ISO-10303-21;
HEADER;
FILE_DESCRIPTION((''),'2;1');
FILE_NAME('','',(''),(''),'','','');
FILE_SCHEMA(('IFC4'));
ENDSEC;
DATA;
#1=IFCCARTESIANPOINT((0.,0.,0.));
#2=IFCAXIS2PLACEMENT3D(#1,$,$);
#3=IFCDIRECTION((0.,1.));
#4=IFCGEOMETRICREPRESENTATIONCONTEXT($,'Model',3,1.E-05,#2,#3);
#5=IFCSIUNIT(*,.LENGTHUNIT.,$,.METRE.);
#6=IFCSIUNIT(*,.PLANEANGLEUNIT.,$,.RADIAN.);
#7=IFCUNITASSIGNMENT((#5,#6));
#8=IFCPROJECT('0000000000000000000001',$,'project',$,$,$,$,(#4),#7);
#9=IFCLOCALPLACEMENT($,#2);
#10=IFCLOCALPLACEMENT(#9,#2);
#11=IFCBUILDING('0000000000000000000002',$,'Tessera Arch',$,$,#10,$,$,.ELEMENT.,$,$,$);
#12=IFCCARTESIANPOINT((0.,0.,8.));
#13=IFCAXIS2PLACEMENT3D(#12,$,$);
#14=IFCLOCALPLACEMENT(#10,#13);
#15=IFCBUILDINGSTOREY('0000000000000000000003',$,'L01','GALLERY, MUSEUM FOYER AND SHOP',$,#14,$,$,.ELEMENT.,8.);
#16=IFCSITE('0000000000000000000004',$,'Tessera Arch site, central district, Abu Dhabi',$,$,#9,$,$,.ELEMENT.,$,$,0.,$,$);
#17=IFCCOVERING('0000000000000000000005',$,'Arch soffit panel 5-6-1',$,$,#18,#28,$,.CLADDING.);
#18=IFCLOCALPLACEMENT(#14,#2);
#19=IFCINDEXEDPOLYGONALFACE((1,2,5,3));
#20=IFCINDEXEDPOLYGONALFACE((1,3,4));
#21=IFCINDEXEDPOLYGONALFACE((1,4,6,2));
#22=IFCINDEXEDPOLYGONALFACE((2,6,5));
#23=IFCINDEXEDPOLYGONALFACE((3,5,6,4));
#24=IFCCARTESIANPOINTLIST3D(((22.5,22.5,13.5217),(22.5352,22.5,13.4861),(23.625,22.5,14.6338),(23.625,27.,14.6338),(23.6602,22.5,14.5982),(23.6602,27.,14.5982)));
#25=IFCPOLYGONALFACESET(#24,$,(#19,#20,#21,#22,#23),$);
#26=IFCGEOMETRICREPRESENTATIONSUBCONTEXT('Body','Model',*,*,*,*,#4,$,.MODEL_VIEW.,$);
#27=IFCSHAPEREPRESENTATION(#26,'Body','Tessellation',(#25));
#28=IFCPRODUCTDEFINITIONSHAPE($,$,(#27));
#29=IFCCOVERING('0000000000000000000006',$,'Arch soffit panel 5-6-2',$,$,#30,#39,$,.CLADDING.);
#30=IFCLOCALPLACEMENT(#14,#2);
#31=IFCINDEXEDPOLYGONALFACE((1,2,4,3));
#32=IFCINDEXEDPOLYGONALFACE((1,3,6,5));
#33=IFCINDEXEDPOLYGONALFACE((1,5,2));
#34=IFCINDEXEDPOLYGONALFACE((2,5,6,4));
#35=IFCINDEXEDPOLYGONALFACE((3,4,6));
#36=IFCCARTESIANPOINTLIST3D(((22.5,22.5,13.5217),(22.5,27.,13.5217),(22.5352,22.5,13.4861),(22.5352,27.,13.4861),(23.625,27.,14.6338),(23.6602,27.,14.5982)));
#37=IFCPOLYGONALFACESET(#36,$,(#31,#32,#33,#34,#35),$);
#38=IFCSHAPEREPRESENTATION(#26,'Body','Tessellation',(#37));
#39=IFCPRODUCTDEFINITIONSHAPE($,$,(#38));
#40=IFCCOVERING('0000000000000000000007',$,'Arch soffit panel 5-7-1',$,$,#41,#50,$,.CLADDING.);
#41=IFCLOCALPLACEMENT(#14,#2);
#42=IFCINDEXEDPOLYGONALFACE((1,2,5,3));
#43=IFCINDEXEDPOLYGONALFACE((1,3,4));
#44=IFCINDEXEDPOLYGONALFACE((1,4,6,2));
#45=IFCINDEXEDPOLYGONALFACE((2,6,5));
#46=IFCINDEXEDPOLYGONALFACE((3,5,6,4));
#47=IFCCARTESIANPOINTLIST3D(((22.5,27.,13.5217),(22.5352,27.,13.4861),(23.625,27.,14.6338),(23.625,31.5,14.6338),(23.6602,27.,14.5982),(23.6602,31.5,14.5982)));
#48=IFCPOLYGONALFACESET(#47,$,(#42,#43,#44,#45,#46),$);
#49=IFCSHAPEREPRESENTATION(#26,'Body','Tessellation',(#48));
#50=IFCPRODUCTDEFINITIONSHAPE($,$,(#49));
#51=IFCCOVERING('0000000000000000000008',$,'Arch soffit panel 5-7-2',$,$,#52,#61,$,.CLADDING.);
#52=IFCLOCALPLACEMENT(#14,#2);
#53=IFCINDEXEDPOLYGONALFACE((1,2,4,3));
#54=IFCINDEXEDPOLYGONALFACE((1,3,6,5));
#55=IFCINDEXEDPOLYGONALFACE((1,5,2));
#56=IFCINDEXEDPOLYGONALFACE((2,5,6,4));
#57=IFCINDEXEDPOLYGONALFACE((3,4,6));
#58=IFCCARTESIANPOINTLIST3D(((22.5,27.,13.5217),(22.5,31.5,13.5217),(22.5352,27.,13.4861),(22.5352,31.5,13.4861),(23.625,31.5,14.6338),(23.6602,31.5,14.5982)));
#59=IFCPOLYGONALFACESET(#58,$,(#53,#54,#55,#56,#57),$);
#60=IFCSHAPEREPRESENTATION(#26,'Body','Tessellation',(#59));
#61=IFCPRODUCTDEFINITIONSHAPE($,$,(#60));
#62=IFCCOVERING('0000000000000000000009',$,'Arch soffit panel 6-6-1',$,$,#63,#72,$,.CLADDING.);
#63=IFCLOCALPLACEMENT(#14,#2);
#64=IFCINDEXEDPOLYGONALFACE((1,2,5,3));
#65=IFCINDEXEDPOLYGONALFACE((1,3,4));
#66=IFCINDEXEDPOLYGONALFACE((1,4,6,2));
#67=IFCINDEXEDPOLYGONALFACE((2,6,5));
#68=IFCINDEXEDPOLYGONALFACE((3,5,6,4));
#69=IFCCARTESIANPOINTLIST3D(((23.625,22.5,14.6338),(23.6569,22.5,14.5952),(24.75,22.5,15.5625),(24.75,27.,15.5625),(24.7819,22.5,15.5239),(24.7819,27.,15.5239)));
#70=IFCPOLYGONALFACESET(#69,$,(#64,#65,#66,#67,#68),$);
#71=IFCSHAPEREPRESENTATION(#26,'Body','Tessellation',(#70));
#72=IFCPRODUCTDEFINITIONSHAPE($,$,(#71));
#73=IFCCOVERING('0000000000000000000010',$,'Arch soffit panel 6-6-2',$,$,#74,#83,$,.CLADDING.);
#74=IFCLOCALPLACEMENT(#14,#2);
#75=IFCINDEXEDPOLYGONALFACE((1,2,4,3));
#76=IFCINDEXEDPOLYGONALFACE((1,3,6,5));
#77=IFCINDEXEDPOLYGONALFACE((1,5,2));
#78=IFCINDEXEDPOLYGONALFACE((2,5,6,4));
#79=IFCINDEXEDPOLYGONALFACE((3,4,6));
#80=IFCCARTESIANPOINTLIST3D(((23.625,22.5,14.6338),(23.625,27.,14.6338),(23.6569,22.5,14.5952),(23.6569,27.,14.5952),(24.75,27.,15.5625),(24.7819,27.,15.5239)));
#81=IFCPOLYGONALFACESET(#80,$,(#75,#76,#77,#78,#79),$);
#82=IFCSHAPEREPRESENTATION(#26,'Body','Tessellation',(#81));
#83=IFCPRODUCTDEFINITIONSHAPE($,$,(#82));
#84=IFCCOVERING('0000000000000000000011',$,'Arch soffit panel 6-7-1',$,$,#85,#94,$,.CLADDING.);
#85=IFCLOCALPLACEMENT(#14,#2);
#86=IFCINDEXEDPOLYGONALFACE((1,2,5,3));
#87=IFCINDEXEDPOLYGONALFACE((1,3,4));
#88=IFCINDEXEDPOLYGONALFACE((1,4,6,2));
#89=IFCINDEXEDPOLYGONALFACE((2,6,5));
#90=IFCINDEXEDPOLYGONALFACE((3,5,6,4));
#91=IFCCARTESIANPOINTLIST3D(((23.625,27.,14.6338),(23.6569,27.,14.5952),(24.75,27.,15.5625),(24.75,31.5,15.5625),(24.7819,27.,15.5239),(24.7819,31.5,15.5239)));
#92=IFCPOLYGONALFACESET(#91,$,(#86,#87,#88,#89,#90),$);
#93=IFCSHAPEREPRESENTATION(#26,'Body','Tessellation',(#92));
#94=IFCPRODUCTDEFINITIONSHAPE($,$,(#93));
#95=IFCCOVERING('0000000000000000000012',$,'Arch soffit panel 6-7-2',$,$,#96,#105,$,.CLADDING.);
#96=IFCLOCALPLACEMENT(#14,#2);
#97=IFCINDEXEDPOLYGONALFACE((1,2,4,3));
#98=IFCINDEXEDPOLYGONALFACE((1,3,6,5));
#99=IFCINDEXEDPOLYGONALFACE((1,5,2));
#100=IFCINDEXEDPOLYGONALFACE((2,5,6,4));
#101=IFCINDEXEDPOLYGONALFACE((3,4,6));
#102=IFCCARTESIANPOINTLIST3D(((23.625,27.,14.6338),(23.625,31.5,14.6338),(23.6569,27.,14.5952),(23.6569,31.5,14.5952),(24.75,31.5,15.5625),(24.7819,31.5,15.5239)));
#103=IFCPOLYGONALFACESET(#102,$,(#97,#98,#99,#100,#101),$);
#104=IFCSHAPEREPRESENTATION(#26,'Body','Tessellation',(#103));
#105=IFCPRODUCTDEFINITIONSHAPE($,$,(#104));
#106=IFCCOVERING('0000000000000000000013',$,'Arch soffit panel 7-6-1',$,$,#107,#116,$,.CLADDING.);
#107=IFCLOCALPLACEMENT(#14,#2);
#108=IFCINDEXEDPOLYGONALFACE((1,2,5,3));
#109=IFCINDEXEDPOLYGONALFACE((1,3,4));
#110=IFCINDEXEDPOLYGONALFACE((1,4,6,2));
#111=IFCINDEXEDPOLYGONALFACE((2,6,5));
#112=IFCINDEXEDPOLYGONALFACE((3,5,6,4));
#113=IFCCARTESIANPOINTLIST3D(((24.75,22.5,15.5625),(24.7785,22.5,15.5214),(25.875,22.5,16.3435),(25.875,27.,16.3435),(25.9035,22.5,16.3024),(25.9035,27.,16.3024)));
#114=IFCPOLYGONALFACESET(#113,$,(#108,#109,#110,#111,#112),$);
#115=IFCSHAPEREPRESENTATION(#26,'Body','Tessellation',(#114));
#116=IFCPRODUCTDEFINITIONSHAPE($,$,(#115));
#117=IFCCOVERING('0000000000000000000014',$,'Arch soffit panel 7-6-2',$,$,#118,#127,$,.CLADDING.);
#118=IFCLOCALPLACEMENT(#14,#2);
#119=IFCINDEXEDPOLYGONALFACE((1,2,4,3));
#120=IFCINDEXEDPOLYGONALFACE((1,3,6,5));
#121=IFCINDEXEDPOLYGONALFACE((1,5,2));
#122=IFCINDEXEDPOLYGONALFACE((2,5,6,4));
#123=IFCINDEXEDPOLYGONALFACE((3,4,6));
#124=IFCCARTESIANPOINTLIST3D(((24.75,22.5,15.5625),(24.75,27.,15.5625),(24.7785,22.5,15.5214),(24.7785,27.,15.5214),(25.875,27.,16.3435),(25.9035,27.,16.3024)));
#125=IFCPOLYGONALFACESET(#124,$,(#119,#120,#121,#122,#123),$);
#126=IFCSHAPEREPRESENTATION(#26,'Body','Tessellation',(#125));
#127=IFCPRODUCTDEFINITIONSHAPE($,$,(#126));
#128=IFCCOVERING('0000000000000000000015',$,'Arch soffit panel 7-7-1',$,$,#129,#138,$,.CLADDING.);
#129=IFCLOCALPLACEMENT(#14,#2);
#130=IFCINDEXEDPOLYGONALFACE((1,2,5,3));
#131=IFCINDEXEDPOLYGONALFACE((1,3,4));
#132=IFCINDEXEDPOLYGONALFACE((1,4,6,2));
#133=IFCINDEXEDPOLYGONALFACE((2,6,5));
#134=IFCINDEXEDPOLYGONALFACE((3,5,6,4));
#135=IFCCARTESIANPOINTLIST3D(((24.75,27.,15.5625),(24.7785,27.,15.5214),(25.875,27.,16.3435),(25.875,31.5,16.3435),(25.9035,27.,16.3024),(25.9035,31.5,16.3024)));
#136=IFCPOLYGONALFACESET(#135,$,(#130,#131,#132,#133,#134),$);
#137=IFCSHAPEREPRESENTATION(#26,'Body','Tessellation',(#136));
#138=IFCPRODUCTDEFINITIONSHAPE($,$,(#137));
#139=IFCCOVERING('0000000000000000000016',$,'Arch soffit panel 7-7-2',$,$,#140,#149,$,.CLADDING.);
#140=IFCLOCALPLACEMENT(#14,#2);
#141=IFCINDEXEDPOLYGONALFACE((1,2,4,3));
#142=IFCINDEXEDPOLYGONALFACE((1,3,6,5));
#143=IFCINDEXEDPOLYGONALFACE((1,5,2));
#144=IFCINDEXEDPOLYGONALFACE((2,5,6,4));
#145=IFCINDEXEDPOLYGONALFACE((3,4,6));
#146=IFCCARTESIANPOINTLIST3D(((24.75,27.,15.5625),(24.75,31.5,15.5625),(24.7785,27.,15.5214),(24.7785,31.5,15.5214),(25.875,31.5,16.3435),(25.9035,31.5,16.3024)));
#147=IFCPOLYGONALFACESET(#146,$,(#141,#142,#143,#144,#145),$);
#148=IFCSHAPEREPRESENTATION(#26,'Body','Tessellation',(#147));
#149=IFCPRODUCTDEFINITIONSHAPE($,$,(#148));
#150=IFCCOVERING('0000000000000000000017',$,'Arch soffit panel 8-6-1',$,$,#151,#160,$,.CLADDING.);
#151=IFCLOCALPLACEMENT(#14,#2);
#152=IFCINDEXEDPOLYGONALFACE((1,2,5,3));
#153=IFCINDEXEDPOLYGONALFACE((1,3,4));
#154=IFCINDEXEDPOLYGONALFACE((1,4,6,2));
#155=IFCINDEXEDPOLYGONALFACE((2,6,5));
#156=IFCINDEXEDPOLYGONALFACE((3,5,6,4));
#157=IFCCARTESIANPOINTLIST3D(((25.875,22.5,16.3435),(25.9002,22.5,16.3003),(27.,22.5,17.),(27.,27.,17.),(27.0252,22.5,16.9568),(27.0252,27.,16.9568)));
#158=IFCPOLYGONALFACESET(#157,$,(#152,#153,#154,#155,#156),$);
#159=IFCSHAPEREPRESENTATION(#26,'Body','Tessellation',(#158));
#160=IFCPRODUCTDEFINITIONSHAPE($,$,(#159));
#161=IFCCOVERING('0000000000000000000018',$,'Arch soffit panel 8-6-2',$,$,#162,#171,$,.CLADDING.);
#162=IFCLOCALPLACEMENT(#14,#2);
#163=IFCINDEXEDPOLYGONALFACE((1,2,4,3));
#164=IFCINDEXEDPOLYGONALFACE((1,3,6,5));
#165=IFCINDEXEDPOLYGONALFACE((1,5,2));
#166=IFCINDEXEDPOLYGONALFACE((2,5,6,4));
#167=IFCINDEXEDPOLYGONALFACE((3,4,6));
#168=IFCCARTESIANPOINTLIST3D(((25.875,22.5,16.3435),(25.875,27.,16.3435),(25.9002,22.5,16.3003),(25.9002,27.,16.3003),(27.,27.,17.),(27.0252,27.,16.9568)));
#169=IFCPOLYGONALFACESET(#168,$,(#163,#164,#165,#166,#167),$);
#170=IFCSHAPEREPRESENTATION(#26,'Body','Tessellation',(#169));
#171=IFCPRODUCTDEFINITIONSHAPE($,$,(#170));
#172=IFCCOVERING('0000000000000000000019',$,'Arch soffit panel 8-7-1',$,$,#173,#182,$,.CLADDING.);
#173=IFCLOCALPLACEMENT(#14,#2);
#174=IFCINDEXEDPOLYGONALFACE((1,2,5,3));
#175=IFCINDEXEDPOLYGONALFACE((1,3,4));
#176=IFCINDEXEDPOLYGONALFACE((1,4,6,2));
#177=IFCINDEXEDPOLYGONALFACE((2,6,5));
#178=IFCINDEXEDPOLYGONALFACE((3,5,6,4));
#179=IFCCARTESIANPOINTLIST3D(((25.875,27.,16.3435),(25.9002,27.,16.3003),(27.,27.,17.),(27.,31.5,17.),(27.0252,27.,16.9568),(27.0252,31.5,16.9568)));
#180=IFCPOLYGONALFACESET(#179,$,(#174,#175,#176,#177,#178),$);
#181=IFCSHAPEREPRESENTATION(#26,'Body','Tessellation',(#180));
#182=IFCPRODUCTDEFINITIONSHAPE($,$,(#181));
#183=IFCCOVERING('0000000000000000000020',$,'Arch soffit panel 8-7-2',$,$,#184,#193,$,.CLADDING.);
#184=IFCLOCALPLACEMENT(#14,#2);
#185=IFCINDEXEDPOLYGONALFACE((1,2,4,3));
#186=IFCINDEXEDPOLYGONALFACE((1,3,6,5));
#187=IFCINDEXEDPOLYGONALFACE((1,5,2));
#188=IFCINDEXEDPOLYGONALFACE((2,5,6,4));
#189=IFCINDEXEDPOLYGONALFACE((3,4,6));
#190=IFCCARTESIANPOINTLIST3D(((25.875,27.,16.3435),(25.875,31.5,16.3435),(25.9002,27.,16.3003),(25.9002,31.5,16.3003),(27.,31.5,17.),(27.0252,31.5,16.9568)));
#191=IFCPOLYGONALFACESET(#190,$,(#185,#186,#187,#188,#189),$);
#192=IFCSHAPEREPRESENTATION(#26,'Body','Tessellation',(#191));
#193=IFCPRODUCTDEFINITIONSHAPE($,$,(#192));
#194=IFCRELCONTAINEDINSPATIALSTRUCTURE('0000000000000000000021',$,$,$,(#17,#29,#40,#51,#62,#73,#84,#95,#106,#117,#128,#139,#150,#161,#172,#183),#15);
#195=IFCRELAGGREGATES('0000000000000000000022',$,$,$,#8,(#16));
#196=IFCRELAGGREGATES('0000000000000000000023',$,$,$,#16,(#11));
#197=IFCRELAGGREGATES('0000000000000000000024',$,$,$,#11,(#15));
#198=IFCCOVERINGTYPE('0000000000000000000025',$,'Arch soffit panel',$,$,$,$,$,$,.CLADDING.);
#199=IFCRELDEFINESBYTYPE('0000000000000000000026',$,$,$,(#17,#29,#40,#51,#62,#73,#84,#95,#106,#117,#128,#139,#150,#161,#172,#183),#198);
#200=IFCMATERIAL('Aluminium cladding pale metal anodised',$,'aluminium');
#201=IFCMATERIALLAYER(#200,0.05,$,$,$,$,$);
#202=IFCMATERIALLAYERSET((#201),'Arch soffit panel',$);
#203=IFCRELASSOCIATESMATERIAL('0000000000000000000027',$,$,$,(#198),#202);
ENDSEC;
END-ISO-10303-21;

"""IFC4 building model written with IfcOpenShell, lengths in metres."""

from ifc_helpers import new_model, si_unit, direction, frame, origin, place, context, subcontext, project, spatial, polyline, outline, extrude, material, layer, layer_set, type_object, element, save


model = new_model("IFC4")

# Units and contexts
model_context = context("Model", 3, precision=1e-05, world=origin(), true_north=direction((0.0, 1.0)))
body_context = subcontext(model_context, "Body", "Model", "MODEL_VIEW")
ifc_project = project(units=[si_unit("LENGTHUNIT", "METRE"), si_unit("PLANEANGLEUNIT", "RADIAN")], contexts=[model_context])

# Site, building, storey
site_placement = place(None, origin())
site = spatial("IfcSite", under=ifc_project, at=site_placement, Name="Tessera Arch site, central district, Abu Dhabi", CompositionType="ELEMENT", RefElevation=0.0)
building_placement = place(site_placement, origin())
building = spatial("IfcBuilding", under=site, at=building_placement, Name="Tessera Arch", CompositionType="ELEMENT")
storey_placement = place(building_placement, frame((0.0, 0.0, 8.0)))
storey = spatial("IfcBuildingStorey", under=building, at=storey_placement, Name="L01", Description="GALLERY, MUSEUM FOYER AND SHOP", CompositionType="ELEMENT", Elevation=8.0)

# Coverings
ifc_material = material(Name="Aluminium cladding pale metal anodised", Category="aluminium")
ifc_layer = layer(ifc_material, 0.05)
ifc_layer_set = layer_set([ifc_layer], Name="Arch soffit panel")
covering_type = type_object("IfcCoveringType", Name="Arch soffit panel", PredefinedType="CLADDING", material=ifc_layer_set)
covering_1_placement = place(storey_placement, frame((22.5, 22.5, 13.5217), z_axis=(-0.703005, 0.0, 0.711185), x_axis=(0.711185, 0.0, 0.703005)))
element("IfcCovering", 1, at=covering_1_placement, inside=storey, type_object=covering_type, Name="Arch soffit panel 5-6-1", PredefinedType="CLADDING", context=body_context, shape_type="SweptSolid", body=[
    extrude(outline(polyline([(0.0, 0.0), (1.5819, 0.0), (1.5819, 4.5), (0.0, 0.0)])), origin(), (0.0, 0.0, -1.0), 0.05),
])
covering_2_placement = place(storey_placement, frame((22.5, 22.5, 13.5217), z_axis=(-0.703005, 0.0, 0.711185), x_axis=(0.235852, 0.943409, 0.233139)))
element("IfcCovering", 2, at=covering_2_placement, inside=storey, type_object=covering_type, Name="Arch soffit panel 5-6-2", PredefinedType="CLADDING", context=body_context, shape_type="SweptSolid", body=[
    extrude(outline(polyline([(0.0, 0.0), (4.7699, 0.0), (4.2453, 1.4923), (0.0, 0.0)])), origin(), (0.0, 0.0, -1.0), 0.05),
])
covering_3_placement = place(storey_placement, frame((22.5, 27.0, 13.5217), z_axis=(-0.703005, 0.0, 0.711185), x_axis=(0.711185, 0.0, 0.703005)))
element("IfcCovering", 3, at=covering_3_placement, inside=storey, type_object=covering_type, Name="Arch soffit panel 5-7-1", PredefinedType="CLADDING", context=body_context, shape_type="SweptSolid", body=[
    extrude(outline(polyline([(0.0, 0.0), (1.5819, 0.0), (1.5819, 4.5), (0.0, 0.0)])), origin(), (0.0, 0.0, -1.0), 0.05),
])
covering_4_placement = place(storey_placement, frame((22.5, 27.0, 13.5217), z_axis=(-0.703005, 0.0, 0.711185), x_axis=(0.235852, 0.943409, 0.233139)))
element("IfcCovering", 4, at=covering_4_placement, inside=storey, type_object=covering_type, Name="Arch soffit panel 5-7-2", PredefinedType="CLADDING", context=body_context, shape_type="SweptSolid", body=[
    extrude(outline(polyline([(0.0, 0.0), (4.7699, 0.0), (4.2453, 1.4923), (0.0, 0.0)])), origin(), (0.0, 0.0, -1.0), 0.05),
])
covering_5_placement = place(storey_placement, frame((23.625, 22.5, 14.6338), z_axis=(-0.636622, 0.0, 0.771176), x_axis=(0.771176, 0.0, 0.636622)))
element("IfcCovering", 5, at=covering_5_placement, inside=storey, type_object=covering_type, Name="Arch soffit panel 6-6-1", PredefinedType="CLADDING", context=body_context, shape_type="SweptSolid", body=[
    extrude(outline(polyline([(0.0, 0.0), (1.4588, 0.0), (1.4588, 4.5), (0.0, 0.0)])), origin(), (0.0, 0.0, -1.0), 0.05),
])
covering_6_placement = place(storey_placement, frame((23.625, 22.5, 14.6338), z_axis=(-0.636622, 0.0, 0.771176), x_axis=(0.237816, 0.951263, 0.196322)))
element("IfcCovering", 6, at=covering_6_placement, inside=storey, type_object=covering_type, Name="Arch soffit panel 6-6-2", PredefinedType="CLADDING", context=body_context, shape_type="SweptSolid", body=[
    extrude(outline(polyline([(0.0, 0.0), (4.7306, 0.0), (4.2807, 1.3877), (0.0, 0.0)])), origin(), (0.0, 0.0, -1.0), 0.05),
])
covering_7_placement = place(storey_placement, frame((23.625, 27.0, 14.6338), z_axis=(-0.636622, 0.0, 0.771176), x_axis=(0.771176, 0.0, 0.636622)))
element("IfcCovering", 7, at=covering_7_placement, inside=storey, type_object=covering_type, Name="Arch soffit panel 6-7-1", PredefinedType="CLADDING", context=body_context, shape_type="SweptSolid", body=[
    extrude(outline(polyline([(0.0, 0.0), (1.4588, 0.0), (1.4588, 4.5), (0.0, 0.0)])), origin(), (0.0, 0.0, -1.0), 0.05),
])
covering_8_placement = place(storey_placement, frame((23.625, 27.0, 14.6338), z_axis=(-0.636622, 0.0, 0.771176), x_axis=(0.237816, 0.951263, 0.196322)))
element("IfcCovering", 8, at=covering_8_placement, inside=storey, type_object=covering_type, Name="Arch soffit panel 6-7-2", PredefinedType="CLADDING", context=body_context, shape_type="SweptSolid", body=[
    extrude(outline(polyline([(0.0, 0.0), (4.7306, 0.0), (4.2807, 1.3877), (0.0, 0.0)])), origin(), (0.0, 0.0, -1.0), 0.05),
])
covering_9_placement = place(storey_placement, frame((24.75, 22.5, 15.5625), z_axis=(-0.570276, 0.0, 0.821453), x_axis=(0.821453, 0.0, 0.570276)))
element("IfcCovering", 9, at=covering_9_placement, inside=storey, type_object=covering_type, Name="Arch soffit panel 7-6-1", PredefinedType="CLADDING", context=body_context, shape_type="SweptSolid", body=[
    extrude(outline(polyline([(0.0, 0.0), (1.3695, 0.0), (1.3695, 4.5), (0.0, 0.0)])), origin(), (0.0, 0.0, -1.0), 0.05),
])
covering_10_placement = place(storey_placement, frame((24.75, 22.5, 15.5625), z_axis=(-0.570276, 0.0, 0.821453), x_axis=(0.239169, 0.956676, 0.166038)))
element("IfcCovering", 10, at=covering_10_placement, inside=storey, type_object=covering_type, Name="Arch soffit panel 7-6-2", PredefinedType="CLADDING", context=body_context, shape_type="SweptSolid", body=[
    extrude(outline(polyline([(0.0, 0.0), (4.7038, 0.0), (4.305, 1.3102), (0.0, 0.0)])), origin(), (0.0, 0.0, -1.0), 0.05),
])
covering_11_placement = place(storey_placement, frame((24.75, 27.0, 15.5625), z_axis=(-0.570276, 0.0, 0.821453), x_axis=(0.821453, 0.0, 0.570276)))
element("IfcCovering", 11, at=covering_11_placement, inside=storey, type_object=covering_type, Name="Arch soffit panel 7-7-1", PredefinedType="CLADDING", context=body_context, shape_type="SweptSolid", body=[
    extrude(outline(polyline([(0.0, 0.0), (1.3695, 0.0), (1.3695, 4.5), (0.0, 0.0)])), origin(), (0.0, 0.0, -1.0), 0.05),
])
covering_12_placement = place(storey_placement, frame((24.75, 27.0, 15.5625), z_axis=(-0.570276, 0.0, 0.821453), x_axis=(0.239169, 0.956676, 0.166038)))
element("IfcCovering", 12, at=covering_12_placement, inside=storey, type_object=covering_type, Name="Arch soffit panel 7-7-2", PredefinedType="CLADDING", context=body_context, shape_type="SweptSolid", body=[
    extrude(outline(polyline([(0.0, 0.0), (4.7038, 0.0), (4.305, 1.3102), (0.0, 0.0)])), origin(), (0.0, 0.0, -1.0), 0.05),
])
covering_13_placement = place(storey_placement, frame((25.875, 22.5, 16.3435), z_axis=(-0.504011, 0.0, 0.863697), x_axis=(0.863697, 0.0, 0.504011)))
element("IfcCovering", 13, at=covering_13_placement, inside=storey, type_object=covering_type, Name="Arch soffit panel 8-6-1", PredefinedType="CLADDING", context=body_context, shape_type="SweptSolid", body=[
    extrude(outline(polyline([(0.0, 0.0), (1.3025, 0.0), (1.3025, 4.5), (0.0, 0.0)])), origin(), (0.0, 0.0, -1.0), 0.05),
])
covering_14_placement = place(storey_placement, frame((25.875, 22.5, 16.3435), z_axis=(-0.504011, 0.0, 0.863697), x_axis=(0.240142, 0.96057, 0.140135)))
element("IfcCovering", 14, at=covering_14_placement, inside=storey, type_object=covering_type, Name="Arch soffit panel 8-6-2", PredefinedType="CLADDING", context=body_context, shape_type="SweptSolid", body=[
    extrude(outline(polyline([(0.0, 0.0), (4.6847, 0.0), (4.3226, 1.2512), (0.0, 0.0)])), origin(), (0.0, 0.0, -1.0), 0.05),
])
covering_15_placement = place(storey_placement, frame((25.875, 27.0, 16.3435), z_axis=(-0.504011, 0.0, 0.863697), x_axis=(0.863697, 0.0, 0.504011)))
element("IfcCovering", 15, at=covering_15_placement, inside=storey, type_object=covering_type, Name="Arch soffit panel 8-7-1", PredefinedType="CLADDING", context=body_context, shape_type="SweptSolid", body=[
    extrude(outline(polyline([(0.0, 0.0), (1.3025, 0.0), (1.3025, 4.5), (0.0, 0.0)])), origin(), (0.0, 0.0, -1.0), 0.05),
])
covering_16_placement = place(storey_placement, frame((25.875, 27.0, 16.3435), z_axis=(-0.504011, 0.0, 0.863697), x_axis=(0.240142, 0.96057, 0.140135)))
element("IfcCovering", 16, at=covering_16_placement, inside=storey, type_object=covering_type, Name="Arch soffit panel 8-7-2", PredefinedType="CLADDING", context=body_context, shape_type="SweptSolid", body=[
    extrude(outline(polyline([(0.0, 0.0), (4.6847, 0.0), (4.3226, 1.2512), (0.0, 0.0)])), origin(), (0.0, 0.0, -1.0), 0.05),
])

save(model, "model.ifc")
